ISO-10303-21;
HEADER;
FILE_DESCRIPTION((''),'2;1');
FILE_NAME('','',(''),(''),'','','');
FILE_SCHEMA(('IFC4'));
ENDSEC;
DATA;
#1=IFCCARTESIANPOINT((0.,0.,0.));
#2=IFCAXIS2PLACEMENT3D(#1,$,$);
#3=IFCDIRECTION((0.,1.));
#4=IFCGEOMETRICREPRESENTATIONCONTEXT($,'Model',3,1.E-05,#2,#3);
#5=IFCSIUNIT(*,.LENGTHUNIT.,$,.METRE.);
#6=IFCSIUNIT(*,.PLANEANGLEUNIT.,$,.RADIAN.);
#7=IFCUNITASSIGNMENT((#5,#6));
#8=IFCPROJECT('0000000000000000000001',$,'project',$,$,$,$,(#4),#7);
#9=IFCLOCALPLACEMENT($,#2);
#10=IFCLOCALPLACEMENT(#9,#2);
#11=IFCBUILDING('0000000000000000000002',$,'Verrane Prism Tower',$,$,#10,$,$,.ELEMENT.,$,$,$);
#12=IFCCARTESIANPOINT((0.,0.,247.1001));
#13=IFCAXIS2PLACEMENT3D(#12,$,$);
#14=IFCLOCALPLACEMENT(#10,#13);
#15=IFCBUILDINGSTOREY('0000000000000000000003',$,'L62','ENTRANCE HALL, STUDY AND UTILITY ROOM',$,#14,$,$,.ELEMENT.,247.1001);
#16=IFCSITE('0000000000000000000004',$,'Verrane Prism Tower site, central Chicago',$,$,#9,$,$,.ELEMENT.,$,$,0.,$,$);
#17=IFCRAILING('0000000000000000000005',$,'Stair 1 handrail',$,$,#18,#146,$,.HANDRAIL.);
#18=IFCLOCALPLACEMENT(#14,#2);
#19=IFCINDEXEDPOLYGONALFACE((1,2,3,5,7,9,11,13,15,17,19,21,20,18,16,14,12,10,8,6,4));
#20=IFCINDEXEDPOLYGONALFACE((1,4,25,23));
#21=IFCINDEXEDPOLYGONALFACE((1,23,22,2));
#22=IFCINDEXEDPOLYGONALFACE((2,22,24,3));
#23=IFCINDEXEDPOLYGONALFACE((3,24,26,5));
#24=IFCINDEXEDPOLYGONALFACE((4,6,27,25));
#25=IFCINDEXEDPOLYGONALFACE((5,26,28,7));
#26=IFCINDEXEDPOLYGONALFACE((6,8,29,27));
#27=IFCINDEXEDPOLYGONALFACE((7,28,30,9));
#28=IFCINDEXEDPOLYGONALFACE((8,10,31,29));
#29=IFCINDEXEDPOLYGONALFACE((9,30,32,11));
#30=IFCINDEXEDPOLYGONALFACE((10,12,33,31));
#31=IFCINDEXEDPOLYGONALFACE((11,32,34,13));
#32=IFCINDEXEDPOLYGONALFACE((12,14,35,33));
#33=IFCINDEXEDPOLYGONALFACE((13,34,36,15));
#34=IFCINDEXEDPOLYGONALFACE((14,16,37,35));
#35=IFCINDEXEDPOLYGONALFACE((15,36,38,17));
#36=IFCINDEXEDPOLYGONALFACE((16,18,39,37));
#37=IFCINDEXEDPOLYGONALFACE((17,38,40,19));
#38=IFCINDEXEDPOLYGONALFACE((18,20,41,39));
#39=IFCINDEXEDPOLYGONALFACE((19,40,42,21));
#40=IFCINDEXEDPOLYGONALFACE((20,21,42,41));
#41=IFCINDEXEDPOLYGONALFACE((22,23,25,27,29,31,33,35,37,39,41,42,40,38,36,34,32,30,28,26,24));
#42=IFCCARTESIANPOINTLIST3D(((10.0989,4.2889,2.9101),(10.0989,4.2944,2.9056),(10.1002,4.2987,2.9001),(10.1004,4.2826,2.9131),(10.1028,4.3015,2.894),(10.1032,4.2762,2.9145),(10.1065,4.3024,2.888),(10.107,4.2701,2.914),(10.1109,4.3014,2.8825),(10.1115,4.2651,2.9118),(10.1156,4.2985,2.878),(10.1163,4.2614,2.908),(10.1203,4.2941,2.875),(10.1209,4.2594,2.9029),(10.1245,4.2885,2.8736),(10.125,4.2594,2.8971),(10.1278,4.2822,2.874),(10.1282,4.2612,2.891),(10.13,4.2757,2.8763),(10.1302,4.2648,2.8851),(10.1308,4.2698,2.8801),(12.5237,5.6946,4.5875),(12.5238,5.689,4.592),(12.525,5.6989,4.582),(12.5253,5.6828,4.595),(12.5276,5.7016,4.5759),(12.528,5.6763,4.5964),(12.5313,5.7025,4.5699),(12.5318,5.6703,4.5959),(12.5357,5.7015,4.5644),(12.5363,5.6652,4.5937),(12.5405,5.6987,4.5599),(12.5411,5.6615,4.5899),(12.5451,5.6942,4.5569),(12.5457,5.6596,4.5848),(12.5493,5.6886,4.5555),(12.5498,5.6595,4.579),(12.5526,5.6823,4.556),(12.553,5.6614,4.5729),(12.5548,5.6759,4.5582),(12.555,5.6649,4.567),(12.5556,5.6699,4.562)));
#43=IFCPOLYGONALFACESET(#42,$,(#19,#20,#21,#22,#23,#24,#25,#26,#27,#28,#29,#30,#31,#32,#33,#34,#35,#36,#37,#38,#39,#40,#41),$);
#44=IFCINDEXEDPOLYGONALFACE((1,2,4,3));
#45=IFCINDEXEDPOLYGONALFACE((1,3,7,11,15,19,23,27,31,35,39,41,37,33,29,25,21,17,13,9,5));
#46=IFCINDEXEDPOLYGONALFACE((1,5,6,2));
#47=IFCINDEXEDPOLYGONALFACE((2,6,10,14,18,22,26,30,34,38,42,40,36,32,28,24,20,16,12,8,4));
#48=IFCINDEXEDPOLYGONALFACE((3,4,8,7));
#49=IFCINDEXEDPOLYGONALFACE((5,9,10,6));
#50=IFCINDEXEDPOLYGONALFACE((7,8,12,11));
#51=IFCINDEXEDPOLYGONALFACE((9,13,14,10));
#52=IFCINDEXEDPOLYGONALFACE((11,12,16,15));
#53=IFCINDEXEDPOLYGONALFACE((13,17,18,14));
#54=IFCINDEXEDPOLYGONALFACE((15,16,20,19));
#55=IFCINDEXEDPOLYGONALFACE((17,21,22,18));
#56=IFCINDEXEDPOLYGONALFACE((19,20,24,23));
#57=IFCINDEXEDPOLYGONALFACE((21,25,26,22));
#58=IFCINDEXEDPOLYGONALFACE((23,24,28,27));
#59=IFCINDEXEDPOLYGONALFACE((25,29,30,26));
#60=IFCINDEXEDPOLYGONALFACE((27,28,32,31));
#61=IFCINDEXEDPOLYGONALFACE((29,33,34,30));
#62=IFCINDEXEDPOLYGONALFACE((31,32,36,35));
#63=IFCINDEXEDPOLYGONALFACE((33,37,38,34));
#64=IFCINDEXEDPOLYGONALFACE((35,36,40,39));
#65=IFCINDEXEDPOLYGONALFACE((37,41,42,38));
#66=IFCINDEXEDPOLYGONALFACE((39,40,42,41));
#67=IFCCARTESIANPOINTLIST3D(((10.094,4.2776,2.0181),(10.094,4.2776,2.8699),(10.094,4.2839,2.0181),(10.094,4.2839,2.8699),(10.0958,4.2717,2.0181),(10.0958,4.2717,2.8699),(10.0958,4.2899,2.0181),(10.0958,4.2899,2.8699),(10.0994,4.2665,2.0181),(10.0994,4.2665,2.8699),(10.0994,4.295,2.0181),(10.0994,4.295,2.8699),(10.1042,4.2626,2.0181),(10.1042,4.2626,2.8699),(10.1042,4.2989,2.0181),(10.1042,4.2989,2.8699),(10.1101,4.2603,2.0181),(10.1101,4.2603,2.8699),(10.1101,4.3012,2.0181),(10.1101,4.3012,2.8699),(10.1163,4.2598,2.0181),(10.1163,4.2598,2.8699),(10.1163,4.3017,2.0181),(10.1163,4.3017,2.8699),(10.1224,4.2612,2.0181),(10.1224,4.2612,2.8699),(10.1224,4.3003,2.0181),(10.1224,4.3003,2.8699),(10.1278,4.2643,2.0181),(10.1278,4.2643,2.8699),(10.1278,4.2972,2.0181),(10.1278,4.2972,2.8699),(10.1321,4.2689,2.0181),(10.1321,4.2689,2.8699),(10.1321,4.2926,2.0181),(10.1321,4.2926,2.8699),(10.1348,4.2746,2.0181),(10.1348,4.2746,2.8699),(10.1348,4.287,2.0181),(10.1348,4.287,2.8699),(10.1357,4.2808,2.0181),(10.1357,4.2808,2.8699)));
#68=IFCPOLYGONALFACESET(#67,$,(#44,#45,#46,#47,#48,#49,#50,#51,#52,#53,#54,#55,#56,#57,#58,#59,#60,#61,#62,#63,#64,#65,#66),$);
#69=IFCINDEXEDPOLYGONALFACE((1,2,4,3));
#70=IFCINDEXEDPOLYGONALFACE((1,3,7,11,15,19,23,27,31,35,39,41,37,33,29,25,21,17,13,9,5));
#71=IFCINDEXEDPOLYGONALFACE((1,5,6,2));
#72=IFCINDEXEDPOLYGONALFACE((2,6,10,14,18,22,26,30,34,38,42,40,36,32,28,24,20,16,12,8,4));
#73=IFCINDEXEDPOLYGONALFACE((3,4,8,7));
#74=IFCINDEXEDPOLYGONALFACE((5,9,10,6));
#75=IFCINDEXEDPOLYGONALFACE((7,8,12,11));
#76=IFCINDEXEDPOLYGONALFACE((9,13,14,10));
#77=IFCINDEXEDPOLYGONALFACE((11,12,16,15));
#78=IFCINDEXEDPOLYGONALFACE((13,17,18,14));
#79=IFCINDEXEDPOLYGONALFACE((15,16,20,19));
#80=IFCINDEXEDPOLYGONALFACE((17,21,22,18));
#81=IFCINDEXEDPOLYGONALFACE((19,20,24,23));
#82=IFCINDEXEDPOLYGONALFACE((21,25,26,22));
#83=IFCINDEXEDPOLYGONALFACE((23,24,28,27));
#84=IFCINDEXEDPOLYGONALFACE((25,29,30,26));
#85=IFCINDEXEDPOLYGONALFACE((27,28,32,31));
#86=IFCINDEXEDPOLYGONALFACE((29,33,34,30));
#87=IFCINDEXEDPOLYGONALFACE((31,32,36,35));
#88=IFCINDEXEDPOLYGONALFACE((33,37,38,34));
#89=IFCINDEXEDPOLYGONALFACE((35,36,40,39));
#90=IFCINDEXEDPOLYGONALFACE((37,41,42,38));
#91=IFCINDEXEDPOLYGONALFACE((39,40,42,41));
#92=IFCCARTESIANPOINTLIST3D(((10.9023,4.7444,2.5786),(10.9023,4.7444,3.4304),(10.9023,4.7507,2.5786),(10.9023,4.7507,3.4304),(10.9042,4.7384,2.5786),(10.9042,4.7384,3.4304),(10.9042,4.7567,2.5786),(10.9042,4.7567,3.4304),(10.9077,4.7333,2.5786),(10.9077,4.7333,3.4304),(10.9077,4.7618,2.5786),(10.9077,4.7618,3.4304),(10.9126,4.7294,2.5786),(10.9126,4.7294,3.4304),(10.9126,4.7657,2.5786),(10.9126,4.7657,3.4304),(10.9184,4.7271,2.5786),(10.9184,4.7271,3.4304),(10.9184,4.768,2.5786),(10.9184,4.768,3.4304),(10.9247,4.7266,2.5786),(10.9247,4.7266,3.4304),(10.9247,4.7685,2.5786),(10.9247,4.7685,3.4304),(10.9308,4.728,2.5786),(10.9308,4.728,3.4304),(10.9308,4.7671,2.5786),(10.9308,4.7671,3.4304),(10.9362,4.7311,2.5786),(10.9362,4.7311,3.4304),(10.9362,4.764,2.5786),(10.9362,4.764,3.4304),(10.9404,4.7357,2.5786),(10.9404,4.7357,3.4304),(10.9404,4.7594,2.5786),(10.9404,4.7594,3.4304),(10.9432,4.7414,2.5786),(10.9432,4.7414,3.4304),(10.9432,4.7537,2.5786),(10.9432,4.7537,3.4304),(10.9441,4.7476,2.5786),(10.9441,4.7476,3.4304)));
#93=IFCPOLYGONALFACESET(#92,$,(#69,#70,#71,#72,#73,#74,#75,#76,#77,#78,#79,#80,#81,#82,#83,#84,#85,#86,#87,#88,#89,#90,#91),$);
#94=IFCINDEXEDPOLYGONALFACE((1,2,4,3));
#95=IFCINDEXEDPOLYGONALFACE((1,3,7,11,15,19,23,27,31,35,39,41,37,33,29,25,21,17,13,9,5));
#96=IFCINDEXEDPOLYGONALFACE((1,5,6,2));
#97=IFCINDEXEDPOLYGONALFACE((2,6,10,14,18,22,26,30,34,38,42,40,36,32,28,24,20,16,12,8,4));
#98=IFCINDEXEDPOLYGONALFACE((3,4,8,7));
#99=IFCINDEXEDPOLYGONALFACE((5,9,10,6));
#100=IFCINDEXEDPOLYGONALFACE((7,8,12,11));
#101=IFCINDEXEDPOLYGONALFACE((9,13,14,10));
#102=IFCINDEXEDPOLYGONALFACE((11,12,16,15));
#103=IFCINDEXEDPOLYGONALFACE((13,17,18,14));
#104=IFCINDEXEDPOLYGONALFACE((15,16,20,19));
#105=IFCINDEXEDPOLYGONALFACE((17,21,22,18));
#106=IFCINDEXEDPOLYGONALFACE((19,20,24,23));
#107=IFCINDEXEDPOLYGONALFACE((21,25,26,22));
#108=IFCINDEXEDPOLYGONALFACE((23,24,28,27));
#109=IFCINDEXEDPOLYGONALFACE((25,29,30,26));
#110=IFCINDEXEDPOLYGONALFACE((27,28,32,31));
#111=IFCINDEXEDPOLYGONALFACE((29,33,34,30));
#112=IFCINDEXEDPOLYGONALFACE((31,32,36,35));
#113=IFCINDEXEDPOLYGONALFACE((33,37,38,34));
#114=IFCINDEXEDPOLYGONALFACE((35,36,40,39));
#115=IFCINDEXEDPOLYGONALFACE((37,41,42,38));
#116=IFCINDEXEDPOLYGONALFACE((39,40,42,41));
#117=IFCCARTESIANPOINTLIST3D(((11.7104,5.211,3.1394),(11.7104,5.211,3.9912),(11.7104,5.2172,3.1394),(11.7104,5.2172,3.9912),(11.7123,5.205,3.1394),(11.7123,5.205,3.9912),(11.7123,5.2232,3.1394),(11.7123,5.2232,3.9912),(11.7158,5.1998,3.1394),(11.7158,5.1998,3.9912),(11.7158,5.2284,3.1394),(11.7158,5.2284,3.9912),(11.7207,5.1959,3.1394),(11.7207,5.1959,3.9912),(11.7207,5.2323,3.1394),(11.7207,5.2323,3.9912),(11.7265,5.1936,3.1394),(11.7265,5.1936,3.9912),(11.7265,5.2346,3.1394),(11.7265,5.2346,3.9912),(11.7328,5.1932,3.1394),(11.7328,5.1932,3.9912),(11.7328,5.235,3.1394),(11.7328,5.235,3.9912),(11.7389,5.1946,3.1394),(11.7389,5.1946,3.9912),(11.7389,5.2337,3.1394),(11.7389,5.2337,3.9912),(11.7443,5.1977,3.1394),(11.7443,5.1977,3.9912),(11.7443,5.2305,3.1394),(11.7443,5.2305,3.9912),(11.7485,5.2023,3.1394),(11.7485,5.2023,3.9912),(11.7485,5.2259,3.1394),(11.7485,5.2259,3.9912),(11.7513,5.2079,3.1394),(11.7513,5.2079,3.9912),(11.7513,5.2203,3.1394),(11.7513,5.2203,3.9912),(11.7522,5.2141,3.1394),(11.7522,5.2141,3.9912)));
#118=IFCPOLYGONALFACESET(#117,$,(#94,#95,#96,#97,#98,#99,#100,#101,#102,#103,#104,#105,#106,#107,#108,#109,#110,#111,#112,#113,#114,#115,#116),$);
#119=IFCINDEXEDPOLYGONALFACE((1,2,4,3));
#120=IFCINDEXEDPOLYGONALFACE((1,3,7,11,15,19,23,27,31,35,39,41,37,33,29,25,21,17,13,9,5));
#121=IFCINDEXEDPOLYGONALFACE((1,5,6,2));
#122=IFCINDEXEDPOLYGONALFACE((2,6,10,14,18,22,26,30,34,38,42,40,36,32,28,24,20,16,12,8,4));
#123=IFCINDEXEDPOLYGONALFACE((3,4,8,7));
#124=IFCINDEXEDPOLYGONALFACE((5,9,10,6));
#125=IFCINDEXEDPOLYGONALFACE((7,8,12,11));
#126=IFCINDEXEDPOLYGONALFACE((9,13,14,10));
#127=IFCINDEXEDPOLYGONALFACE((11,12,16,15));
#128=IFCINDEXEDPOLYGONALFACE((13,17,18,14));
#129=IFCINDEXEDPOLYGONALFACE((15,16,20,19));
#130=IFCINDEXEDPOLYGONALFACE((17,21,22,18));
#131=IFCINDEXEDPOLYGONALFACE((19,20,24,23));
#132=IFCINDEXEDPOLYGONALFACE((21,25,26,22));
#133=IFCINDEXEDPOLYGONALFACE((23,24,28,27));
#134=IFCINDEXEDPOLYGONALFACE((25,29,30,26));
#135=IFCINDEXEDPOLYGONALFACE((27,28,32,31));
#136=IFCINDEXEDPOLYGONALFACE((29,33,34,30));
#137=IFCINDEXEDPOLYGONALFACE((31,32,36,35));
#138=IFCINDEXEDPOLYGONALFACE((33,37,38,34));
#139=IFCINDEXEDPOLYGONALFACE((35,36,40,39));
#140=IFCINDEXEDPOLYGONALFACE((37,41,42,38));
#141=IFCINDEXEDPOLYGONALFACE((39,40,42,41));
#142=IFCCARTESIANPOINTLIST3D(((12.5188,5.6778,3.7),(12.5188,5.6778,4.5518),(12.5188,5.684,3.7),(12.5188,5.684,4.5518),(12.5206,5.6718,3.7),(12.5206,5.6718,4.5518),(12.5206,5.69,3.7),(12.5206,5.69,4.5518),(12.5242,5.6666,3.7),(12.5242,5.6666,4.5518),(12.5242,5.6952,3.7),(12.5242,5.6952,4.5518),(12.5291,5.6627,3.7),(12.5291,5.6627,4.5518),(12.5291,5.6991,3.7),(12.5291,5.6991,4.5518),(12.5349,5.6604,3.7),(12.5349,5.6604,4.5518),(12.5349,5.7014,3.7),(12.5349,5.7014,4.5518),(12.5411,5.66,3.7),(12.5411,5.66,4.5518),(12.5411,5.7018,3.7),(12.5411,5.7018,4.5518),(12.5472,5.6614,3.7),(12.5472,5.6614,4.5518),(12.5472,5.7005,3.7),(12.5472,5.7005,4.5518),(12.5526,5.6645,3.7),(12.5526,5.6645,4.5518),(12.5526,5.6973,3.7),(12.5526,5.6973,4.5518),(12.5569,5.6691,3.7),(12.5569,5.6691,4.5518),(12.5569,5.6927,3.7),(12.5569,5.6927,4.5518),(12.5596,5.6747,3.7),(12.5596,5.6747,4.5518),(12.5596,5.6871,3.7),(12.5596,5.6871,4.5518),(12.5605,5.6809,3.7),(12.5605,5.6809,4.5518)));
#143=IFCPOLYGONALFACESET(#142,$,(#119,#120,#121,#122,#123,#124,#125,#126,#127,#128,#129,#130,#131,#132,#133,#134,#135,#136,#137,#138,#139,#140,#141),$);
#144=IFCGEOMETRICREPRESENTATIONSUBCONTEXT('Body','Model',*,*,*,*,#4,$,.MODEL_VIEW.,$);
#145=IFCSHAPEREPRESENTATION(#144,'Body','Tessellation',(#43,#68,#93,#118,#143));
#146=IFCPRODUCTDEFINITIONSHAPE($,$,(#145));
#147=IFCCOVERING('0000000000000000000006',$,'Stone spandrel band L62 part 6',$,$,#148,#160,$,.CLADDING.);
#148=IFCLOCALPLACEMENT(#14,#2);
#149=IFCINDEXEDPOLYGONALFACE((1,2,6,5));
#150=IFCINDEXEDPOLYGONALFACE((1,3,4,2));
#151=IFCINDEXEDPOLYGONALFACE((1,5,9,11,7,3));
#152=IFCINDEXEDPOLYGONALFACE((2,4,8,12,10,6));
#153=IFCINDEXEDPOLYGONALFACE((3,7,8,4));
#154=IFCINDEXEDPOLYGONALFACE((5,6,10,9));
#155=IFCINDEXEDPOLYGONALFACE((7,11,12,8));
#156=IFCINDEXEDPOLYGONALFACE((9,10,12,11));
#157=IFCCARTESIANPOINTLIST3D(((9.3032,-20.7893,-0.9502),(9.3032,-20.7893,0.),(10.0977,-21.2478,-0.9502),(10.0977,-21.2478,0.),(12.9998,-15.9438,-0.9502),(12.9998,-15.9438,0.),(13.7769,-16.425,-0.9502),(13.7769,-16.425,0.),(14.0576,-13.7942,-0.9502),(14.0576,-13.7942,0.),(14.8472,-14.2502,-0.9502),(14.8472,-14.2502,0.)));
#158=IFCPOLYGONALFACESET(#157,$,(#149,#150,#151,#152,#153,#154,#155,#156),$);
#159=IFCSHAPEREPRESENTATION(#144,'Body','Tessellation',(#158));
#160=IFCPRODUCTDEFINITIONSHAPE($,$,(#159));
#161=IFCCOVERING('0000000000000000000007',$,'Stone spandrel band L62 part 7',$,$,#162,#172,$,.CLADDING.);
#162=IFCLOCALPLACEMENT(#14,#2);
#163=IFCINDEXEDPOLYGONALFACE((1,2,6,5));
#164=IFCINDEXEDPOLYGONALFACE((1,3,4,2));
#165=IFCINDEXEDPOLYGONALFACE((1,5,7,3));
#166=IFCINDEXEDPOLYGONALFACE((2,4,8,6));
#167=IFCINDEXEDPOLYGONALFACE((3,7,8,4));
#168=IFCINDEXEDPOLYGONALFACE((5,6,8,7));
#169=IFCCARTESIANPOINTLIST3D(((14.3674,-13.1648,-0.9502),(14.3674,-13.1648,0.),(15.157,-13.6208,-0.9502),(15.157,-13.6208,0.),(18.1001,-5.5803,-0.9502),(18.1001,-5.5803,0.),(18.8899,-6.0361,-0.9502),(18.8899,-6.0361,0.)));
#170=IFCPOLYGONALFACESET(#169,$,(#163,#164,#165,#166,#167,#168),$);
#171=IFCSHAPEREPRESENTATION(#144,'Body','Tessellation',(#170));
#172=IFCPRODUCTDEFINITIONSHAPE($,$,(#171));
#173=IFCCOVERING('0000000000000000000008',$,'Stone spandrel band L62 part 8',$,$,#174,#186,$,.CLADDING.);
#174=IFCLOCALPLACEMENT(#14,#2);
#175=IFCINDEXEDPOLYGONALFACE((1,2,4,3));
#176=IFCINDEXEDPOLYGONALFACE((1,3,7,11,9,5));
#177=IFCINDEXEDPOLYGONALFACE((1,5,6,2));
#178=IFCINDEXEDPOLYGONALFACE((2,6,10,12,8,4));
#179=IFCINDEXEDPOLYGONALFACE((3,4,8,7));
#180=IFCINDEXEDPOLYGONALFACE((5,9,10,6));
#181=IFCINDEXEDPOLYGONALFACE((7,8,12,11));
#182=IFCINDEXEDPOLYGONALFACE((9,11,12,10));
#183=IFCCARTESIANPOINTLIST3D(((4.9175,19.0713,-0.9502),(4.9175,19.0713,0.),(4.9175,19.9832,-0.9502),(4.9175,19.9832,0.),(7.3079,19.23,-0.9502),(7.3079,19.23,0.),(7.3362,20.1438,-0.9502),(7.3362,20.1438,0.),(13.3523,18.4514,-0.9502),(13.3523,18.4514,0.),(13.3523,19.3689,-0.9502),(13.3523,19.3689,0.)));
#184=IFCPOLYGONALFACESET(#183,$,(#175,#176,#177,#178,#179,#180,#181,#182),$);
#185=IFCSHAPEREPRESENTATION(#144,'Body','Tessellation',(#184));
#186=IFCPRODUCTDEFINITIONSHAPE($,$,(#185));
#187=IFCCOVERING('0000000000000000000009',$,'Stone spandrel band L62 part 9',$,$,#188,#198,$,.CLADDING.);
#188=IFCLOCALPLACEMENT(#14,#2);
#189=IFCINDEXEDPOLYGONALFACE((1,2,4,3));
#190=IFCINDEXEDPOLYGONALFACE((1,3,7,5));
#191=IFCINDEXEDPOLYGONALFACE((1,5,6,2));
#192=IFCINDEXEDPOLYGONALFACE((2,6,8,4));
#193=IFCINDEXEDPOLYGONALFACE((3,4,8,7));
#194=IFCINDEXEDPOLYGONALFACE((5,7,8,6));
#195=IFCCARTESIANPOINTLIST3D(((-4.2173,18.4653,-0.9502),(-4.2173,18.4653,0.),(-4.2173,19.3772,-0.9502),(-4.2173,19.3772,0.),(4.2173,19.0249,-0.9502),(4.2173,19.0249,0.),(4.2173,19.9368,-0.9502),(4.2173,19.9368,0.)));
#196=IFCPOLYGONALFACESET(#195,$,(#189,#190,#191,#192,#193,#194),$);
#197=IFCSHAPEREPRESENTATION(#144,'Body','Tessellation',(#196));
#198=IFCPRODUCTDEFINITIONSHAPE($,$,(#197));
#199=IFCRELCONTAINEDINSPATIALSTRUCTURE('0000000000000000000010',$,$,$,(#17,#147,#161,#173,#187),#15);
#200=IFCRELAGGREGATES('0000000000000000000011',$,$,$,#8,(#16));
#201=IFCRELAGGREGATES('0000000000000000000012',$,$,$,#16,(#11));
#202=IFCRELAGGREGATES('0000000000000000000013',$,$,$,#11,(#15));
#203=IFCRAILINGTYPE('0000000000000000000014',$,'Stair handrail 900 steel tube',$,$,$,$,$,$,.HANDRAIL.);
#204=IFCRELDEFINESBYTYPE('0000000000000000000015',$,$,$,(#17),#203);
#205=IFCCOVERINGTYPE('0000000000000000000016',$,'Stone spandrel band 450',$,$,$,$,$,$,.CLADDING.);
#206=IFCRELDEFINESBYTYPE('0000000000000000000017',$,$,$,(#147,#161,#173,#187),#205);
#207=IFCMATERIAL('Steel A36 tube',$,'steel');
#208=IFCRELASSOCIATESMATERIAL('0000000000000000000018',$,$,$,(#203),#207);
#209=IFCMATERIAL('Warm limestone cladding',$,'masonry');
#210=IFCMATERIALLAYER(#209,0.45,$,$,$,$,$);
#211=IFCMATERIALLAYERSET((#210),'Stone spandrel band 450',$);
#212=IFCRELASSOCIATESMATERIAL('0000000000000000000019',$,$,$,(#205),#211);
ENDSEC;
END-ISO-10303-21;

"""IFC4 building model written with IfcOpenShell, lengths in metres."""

from ifc_helpers import new_model, si_unit, direction, frame, origin, origin_2d, place, context, subcontext, project, spatial, polyline, circle, outline, extrude, material, layer, layer_set, type_object, element, save


model = new_model("IFC4")

# Units and contexts
model_context = context("Model", 3, precision=1e-05, world=origin(), true_north=direction((0.0, 1.0)))
body_context = subcontext(model_context, "Body", "Model", "MODEL_VIEW")
ifc_project = project(units=[si_unit("LENGTHUNIT", "METRE"), si_unit("PLANEANGLEUNIT", "RADIAN")], contexts=[model_context])

# Site, building, storey
site_placement = place(None, origin())
site = spatial("IfcSite", under=ifc_project, at=site_placement, Name="Verrane Prism Tower site, central Chicago", CompositionType="ELEMENT", RefElevation=0.0)
building_placement = place(site_placement, origin())
building = spatial("IfcBuilding", under=site, at=building_placement, Name="Verrane Prism Tower", CompositionType="ELEMENT")
storey_placement = place(building_placement, frame((0.0, 0.0, 247.1001)))
storey = spatial("IfcBuildingStorey", under=building, at=storey_placement, Name="L62", Description="ENTRANCE HALL, STUDY AND UTILITY ROOM", CompositionType="ELEMENT", Elevation=247.1001)

# Railing
ifc_material_1 = material(Name="Steel A36 tube", Category="steel")
railing_type = type_object("IfcRailingType", Name="Stair handrail 900 steel tube", PredefinedType="HANDRAIL", material=ifc_material_1)
railing_placement = place(storey_placement, frame((10.1147, 4.2808, 2.0181)))
element("IfcRailing", 1, at=railing_placement, inside=storey, type_object=railing_type, Name="Stair 1 handrail", PredefinedType="HANDRAIL", context=body_context, shape_type="SweptSolid", body=[
    extrude(circle(Radius=0.0239, at=origin_2d()), frame((0.0, 0.0, 0.876), z_axis=(0.742367, 0.428662, 0.514918), x_axis=(-0.50005, 0.865997, 0.0)), (0.0, 0.0, 1.0), 3.2664),
    extrude(circle(Radius=0.021, at=origin_2d()), origin(), (0.0, 0.0, 1.0), 0.8518),
    extrude(circle(Radius=0.021, at=origin_2d()), frame((0.8083, 0.4668, 0.5605)), (0.0, 0.0, 1.0), 0.8518),
    extrude(circle(Radius=0.021, at=origin_2d()), frame((1.6165, 0.9333, 1.1213)), (0.0, 0.0, 1.0), 0.8518),
    extrude(circle(Radius=0.021, at=origin_2d()), frame((2.4248, 1.4001, 1.6819)), (0.0, 0.0, 1.0), 0.8518),
])

# Coverings
ifc_material_2 = material(Name="Warm limestone cladding", Category="masonry")
ifc_layer_1 = layer(ifc_material_2, 0.45)
ifc_layer_set_1 = layer_set([ifc_layer_1], Name="Stone spandrel band 450")
covering_type = type_object("IfcCoveringType", Name="Stone spandrel band 450", PredefinedType="CLADDING", material=ifc_layer_set_1)
covering_1_placement = place(storey_placement, frame((0.0, 0.0, -0.9502)))
element("IfcCovering", 2, at=covering_1_placement, inside=storey, type_object=covering_type, Name="Stone spandrel band L62 part 6", PredefinedType="CLADDING", context=body_context, shape_type="SweptSolid", body=[
    extrude(outline(polyline([(14.8472, -14.2502), (14.0576, -13.7942), (12.9998, -15.9438), (9.3032, -20.7893), (10.0977, -21.2478), (13.7769, -16.425), (14.8472, -14.2502)])), origin(), (0.0, 0.0, 1.0), 0.9502),
])
covering_2_placement = place(storey_placement, frame((0.0, 0.0, -0.9502)))
element("IfcCovering", 3, at=covering_2_placement, inside=storey, type_object=covering_type, Name="Stone spandrel band L62 part 7", PredefinedType="CLADDING", context=body_context, shape_type="SweptSolid", body=[
    extrude(outline(polyline([(18.1001, -5.5803), (14.3674, -13.1648), (15.157, -13.6208), (18.8899, -6.0361), (18.1001, -5.5803)])), origin(), (0.0, 0.0, 1.0), 0.9502),
])
covering_3_placement = place(storey_placement, frame((0.0, 0.0, -0.9502)))
element("IfcCovering", 4, at=covering_3_placement, inside=storey, type_object=covering_type, Name="Stone spandrel band L62 part 8", PredefinedType="CLADDING", context=body_context, shape_type="SweptSolid", body=[
    extrude(outline(polyline([(4.9175, 19.9832), (4.9175, 19.0713), (7.3079, 19.23), (13.3523, 18.4514), (13.3523, 19.3689), (7.3362, 20.1438), (4.9175, 19.9832)])), origin(), (0.0, 0.0, 1.0), 0.9502),
])
covering_4_placement = place(storey_placement, frame((0.0, 0.0, -0.9502)))
element("IfcCovering", 5, at=covering_4_placement, inside=storey, type_object=covering_type, Name="Stone spandrel band L62 part 9", PredefinedType="CLADDING", context=body_context, shape_type="SweptSolid", body=[
    extrude(outline(polyline([(-4.2173, 18.4653), (4.2173, 19.0249), (4.2173, 19.9368), (-4.2173, 19.3772), (-4.2173, 18.4653)])), origin(), (0.0, 0.0, 1.0), 0.9502),
])

save(model, "model.ifc")
